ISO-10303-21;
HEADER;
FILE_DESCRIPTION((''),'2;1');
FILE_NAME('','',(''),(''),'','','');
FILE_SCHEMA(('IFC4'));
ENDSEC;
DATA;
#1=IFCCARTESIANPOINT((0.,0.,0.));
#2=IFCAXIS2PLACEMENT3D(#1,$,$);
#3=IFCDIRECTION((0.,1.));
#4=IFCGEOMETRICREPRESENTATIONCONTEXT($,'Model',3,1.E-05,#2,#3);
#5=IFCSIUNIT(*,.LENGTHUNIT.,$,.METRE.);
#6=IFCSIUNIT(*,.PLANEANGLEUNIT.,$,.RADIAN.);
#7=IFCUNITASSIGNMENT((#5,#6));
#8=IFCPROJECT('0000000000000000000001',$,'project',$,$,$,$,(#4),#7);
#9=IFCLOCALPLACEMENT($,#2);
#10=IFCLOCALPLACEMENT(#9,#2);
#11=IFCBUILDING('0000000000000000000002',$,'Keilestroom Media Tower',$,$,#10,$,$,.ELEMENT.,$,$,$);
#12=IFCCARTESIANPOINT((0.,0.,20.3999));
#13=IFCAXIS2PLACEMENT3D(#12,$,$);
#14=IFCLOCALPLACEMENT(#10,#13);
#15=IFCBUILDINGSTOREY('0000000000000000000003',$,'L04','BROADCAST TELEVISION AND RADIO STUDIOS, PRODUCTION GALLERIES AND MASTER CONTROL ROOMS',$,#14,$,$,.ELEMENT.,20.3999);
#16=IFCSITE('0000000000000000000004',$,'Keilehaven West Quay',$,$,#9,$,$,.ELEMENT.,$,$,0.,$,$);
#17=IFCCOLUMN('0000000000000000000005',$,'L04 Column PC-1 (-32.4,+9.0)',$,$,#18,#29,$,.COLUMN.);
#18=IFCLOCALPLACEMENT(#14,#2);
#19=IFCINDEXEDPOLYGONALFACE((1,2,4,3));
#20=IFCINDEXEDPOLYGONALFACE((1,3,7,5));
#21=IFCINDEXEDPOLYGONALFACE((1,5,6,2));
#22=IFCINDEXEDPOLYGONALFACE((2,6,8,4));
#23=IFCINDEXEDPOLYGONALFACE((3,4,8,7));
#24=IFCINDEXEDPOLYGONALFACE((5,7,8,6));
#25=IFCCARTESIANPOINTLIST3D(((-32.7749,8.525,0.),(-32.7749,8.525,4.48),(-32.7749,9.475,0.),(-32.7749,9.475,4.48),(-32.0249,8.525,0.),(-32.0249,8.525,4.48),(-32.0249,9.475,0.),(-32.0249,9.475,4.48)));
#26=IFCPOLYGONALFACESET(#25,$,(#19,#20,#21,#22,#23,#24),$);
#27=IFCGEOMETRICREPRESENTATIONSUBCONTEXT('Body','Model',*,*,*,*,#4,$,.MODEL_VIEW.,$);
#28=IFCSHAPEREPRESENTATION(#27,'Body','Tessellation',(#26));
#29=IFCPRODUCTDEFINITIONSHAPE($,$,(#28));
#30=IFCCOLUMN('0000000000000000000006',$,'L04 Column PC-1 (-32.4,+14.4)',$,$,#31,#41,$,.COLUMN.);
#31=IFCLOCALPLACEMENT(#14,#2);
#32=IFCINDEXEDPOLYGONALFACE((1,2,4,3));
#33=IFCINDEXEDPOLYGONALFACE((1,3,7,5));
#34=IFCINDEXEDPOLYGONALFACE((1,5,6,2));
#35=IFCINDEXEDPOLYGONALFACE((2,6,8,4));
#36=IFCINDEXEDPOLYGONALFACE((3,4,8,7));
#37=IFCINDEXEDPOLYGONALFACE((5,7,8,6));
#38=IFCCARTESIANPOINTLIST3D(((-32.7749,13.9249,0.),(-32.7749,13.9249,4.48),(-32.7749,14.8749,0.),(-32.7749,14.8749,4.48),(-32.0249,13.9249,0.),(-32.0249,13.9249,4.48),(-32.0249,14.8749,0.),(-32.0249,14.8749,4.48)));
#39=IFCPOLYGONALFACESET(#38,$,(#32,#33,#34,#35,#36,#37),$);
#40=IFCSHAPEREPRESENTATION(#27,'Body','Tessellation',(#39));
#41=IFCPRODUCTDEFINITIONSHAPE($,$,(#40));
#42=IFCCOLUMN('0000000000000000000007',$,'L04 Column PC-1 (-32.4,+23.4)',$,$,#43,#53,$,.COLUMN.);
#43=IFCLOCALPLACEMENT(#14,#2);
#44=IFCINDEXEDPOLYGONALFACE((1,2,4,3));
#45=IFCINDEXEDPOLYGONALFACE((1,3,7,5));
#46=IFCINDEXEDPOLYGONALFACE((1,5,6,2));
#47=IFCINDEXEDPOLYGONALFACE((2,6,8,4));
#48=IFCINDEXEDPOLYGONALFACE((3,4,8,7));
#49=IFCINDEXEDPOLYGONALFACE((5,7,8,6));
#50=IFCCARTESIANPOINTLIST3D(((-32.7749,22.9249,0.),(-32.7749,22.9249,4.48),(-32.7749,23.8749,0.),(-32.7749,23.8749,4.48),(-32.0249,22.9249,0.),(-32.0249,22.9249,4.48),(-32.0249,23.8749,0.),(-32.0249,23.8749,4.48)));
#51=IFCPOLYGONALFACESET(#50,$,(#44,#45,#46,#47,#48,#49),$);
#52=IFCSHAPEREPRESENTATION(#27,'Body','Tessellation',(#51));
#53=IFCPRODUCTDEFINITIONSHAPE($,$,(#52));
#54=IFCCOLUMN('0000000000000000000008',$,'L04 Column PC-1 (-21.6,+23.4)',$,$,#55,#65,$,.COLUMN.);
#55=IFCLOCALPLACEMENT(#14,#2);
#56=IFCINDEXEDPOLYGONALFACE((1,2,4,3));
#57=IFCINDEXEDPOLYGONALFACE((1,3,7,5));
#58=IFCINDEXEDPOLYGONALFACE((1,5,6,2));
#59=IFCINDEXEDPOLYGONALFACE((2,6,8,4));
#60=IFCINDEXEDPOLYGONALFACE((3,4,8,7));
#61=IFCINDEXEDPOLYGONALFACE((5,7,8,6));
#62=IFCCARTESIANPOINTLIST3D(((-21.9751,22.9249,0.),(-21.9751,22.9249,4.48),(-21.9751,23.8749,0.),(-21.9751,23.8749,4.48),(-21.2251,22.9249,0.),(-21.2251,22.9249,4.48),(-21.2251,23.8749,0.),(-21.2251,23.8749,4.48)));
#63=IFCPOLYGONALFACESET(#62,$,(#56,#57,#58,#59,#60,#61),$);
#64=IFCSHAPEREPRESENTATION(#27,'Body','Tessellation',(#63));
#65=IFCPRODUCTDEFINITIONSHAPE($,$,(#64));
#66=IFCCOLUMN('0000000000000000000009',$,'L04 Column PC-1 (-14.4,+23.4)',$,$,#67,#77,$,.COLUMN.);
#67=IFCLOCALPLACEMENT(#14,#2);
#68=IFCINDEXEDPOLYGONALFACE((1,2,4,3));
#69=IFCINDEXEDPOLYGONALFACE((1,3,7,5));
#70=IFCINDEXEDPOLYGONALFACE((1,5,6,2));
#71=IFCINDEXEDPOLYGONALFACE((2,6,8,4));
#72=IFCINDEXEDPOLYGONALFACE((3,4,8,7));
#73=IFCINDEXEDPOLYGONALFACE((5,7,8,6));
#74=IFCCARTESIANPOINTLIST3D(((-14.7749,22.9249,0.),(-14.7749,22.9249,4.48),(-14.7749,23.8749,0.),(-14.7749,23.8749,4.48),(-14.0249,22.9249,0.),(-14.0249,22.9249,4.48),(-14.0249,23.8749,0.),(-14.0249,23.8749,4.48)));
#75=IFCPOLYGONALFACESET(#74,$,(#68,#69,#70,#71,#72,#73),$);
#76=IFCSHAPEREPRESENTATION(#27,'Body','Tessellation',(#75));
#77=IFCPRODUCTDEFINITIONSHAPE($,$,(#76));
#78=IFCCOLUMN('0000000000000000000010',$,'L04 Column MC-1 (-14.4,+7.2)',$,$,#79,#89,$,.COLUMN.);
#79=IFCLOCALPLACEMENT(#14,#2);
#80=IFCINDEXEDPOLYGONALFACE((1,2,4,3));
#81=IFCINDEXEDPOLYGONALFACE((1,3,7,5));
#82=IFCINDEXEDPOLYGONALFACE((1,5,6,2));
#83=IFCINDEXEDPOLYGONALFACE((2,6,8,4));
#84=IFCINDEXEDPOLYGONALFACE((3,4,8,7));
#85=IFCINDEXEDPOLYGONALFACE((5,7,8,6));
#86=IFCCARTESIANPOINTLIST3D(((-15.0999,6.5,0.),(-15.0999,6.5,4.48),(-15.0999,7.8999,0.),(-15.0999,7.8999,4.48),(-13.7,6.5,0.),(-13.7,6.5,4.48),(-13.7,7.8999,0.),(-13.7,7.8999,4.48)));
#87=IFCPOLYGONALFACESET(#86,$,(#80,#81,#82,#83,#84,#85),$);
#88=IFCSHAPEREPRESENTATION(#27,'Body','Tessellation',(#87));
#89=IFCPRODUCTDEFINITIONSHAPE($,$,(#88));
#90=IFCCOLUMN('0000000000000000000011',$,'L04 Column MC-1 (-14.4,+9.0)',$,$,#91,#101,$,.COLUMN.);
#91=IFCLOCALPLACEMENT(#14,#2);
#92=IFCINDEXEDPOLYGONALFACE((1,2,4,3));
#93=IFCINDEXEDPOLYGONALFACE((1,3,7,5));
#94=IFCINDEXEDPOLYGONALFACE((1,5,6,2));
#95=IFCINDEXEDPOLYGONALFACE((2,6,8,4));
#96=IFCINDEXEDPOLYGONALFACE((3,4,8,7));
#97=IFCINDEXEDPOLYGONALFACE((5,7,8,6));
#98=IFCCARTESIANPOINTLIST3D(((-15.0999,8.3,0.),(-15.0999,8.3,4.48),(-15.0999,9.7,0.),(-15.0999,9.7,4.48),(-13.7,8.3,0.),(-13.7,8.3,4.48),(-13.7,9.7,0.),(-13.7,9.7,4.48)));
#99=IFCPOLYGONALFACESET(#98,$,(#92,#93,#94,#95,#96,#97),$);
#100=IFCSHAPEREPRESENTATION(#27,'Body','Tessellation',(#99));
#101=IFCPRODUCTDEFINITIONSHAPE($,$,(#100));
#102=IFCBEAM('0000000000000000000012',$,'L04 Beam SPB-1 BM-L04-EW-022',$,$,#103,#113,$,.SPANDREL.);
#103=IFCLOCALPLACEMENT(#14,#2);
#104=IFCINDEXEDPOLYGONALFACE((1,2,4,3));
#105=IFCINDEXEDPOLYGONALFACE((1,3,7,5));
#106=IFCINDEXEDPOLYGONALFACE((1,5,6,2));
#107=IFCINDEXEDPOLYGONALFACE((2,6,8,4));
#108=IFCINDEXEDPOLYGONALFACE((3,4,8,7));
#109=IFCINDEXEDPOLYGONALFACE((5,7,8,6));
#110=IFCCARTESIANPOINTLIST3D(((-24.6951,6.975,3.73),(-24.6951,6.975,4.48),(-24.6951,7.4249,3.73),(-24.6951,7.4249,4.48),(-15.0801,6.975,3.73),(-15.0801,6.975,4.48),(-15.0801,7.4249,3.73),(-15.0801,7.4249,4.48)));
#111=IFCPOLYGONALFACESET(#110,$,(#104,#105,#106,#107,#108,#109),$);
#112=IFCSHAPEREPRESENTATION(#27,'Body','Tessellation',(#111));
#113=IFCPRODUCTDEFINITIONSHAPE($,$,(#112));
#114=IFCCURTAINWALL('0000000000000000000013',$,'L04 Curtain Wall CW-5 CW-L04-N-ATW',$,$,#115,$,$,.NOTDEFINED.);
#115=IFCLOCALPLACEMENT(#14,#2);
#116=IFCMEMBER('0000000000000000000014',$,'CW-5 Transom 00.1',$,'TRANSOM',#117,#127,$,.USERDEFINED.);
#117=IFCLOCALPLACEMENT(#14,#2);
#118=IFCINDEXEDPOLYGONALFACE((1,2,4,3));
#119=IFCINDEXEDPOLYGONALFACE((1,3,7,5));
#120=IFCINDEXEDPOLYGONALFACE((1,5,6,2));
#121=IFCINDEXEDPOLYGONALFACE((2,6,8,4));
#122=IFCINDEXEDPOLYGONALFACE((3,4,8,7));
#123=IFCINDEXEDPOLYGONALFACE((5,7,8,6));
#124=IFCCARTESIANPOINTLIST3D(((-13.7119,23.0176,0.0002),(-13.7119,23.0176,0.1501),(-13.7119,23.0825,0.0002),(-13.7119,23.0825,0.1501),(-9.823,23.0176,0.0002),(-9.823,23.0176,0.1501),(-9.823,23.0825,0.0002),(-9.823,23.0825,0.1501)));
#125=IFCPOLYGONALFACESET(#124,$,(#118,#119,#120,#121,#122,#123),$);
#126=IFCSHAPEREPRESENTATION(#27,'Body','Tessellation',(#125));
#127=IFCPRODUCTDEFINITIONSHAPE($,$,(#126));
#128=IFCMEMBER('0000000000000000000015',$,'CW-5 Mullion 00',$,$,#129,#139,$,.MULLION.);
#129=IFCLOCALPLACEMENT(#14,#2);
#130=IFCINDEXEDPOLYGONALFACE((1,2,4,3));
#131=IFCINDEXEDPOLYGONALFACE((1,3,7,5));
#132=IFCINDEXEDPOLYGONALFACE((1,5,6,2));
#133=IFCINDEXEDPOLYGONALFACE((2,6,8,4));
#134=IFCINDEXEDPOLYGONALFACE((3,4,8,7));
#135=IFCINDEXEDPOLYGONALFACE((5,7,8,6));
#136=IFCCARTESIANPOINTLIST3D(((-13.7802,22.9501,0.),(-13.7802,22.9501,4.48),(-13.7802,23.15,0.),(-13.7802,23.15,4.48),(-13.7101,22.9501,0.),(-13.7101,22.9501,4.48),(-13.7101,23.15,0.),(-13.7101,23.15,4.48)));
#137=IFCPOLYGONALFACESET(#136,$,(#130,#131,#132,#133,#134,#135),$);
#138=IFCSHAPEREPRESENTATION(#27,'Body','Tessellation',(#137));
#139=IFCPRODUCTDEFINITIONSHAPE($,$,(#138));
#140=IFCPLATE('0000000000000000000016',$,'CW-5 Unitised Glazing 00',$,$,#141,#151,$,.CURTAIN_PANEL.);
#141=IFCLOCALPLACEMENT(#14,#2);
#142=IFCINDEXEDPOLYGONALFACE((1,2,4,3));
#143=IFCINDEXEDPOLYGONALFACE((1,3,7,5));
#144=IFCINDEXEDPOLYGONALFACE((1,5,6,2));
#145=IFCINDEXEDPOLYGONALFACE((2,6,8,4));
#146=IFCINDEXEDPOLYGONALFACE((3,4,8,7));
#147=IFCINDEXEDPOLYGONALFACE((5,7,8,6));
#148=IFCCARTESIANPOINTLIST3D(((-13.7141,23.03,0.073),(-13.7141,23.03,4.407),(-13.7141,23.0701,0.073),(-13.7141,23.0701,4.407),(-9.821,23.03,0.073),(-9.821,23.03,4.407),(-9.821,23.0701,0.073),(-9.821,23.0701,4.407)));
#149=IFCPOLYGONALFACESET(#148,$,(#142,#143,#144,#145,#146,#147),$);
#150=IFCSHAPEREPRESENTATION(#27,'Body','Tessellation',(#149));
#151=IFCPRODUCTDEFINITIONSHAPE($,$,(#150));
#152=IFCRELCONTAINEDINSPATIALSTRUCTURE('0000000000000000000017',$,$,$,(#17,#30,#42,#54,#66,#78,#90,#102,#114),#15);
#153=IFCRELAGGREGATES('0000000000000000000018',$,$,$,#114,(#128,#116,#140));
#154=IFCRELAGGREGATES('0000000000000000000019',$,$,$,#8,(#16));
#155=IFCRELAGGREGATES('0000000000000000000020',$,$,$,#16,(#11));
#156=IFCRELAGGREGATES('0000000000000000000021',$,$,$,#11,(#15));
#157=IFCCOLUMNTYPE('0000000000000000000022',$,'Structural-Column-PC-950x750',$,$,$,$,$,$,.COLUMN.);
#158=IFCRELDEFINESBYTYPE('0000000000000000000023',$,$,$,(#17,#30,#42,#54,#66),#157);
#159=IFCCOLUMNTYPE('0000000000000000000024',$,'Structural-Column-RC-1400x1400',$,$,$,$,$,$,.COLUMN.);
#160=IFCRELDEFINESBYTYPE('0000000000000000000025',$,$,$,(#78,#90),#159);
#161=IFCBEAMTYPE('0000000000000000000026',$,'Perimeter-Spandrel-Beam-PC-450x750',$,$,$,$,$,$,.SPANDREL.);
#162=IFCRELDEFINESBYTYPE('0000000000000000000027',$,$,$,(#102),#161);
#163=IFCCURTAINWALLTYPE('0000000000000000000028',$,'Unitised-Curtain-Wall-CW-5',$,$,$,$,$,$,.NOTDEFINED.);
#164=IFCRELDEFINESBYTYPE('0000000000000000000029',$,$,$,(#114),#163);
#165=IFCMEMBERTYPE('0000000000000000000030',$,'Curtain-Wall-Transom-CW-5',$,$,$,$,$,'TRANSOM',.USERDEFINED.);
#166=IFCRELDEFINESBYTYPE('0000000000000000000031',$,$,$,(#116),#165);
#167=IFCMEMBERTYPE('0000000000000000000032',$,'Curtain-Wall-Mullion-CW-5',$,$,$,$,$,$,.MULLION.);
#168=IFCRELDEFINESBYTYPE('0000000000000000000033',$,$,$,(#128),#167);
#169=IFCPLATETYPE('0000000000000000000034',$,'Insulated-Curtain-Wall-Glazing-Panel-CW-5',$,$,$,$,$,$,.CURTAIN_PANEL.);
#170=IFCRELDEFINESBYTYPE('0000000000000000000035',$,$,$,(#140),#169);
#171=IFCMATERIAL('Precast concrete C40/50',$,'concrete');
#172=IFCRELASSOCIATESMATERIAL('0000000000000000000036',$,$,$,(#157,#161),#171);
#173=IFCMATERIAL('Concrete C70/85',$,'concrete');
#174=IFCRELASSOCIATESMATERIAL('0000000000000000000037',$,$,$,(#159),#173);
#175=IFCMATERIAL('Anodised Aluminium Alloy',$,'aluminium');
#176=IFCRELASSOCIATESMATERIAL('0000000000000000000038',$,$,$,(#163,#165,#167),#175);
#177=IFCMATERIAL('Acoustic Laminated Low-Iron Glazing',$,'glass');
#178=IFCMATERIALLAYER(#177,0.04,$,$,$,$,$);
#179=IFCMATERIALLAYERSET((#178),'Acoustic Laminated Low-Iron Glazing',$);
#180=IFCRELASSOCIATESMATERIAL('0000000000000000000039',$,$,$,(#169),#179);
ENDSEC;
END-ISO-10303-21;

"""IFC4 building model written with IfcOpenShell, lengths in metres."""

from ifc_helpers import new_model, si_unit, direction, frame, origin, origin_2d, place, context, subcontext, project, spatial, rectangle, extrude, source, transform, mapped, material, layer, layer_set, material_profile, profile_set, type_object, element, aggregate, save


model = new_model("IFC4")

# Units and contexts
model_context = context("Model", 3, precision=1e-05, world=origin(), true_north=direction((0.0, 1.0)))
body_context = subcontext(model_context, "Body", "Model", "MODEL_VIEW")
ifc_project = project(units=[si_unit("LENGTHUNIT", "METRE"), si_unit("PLANEANGLEUNIT", "RADIAN")], contexts=[model_context])

# Site, building, storey
site_placement = place(None, origin())
site = spatial("IfcSite", under=ifc_project, at=site_placement, Name="Keilehaven West Quay", CompositionType="ELEMENT", RefElevation=0.0)
building_placement = place(site_placement, origin())
building = spatial("IfcBuilding", under=site, at=building_placement, Name="Keilestroom Media Tower", CompositionType="ELEMENT")
storey_placement = place(building_placement, frame((0.0, 0.0, 20.3999)))
storey = spatial("IfcBuildingStorey", under=building, at=storey_placement, Name="L04", Description="BROADCAST TELEVISION AND RADIO STUDIOS, PRODUCTION GALLERIES AND MASTER CONTROL ROOMS", CompositionType="ELEMENT", Elevation=20.3999)

# Columns
ifc_material_1 = material(Name="Precast concrete C40/50", Category="concrete")
ifc_material_profile_1 = material_profile(ifc_material_1, rectangle(XDim=0.75, YDim=0.95, at=origin_2d()), Name="PC 950x750")
ifc_profile_set_1 = profile_set([ifc_material_profile_1], Name="Precast concrete C40/50")
column_type_1 = type_object("IfcColumnType", Name="Structural-Column-PC-950x750", PredefinedType="COLUMN", material=ifc_profile_set_1)
shared_shape_1 = source(origin(), body_context, "Body", "SweptSolid", [
    extrude(rectangle(XDim=0.75, YDim=0.95, at=origin_2d()), origin(), (0.0, 0.0, 1.0), 4.48),
])
for number, where, z_axis, x_axis, name in (
    (1, (-32.3999, 9.0, 0.0), (0.0, 0.0, 1.0), (1.0, 0.0, 0.0), "L04 Column PC-1 (-32.4,+9.0)"),
    (2, (-32.3999, 14.3999, 0.0), (0.0, 0.0, 1.0), (1.0, 0.0, 0.0), "L04 Column PC-1 (-32.4,+14.4)"),
    (3, (-32.3999, 23.3999, 0.0), (0.0, 0.0, 1.0), (1.0, 0.0, 0.0), "L04 Column PC-1 (-32.4,+23.4)"),
    (4, (-21.6001, 23.3999, 0.0), (0.0, 0.0, 1.0), (1.0, 0.0, 0.0), "L04 Column PC-1 (-21.6,+23.4)"),
    (5, (-14.3999, 23.3999, 0.0), (0.0, 0.0, 1.0), (1.0, 0.0, 0.0), "L04 Column PC-1 (-14.4,+23.4)"),
):
    element("IfcColumn", number, at=place(storey_placement, frame(where, z_axis=z_axis, x_axis=x_axis)), inside=storey, type_object=column_type_1, Name=name, PredefinedType="COLUMN", context=body_context, shape_type="MappedRepresentation", body=[
        mapped(shared_shape_1, transform((0.0, 0.0, 0.0), x_axis=(1.0, 0.0, 0.0), y_axis=(0.0, 1.0, 0.0), z_axis=(0.0, 0.0, 1.0), scale=1.0)),
    ])
ifc_material_2 = material(Name="Concrete C70/85", Category="concrete")
ifc_material_profile_2 = material_profile(ifc_material_2, rectangle(XDim=1.3999, YDim=1.3999, at=origin_2d()), Name="RC 1400x1400")
ifc_profile_set_2 = profile_set([ifc_material_profile_2], Name="Concrete C70/85")
column_type_2 = type_object("IfcColumnType", Name="Structural-Column-RC-1400x1400", PredefinedType="COLUMN", material=ifc_profile_set_2)
shared_shape_2 = source(origin(), body_context, "Body", "SweptSolid", [
    extrude(rectangle(XDim=1.3999, YDim=1.3999, at=origin_2d()), origin(), (0.0, 0.0, 1.0), 4.48),
])
for number, where, z_axis, x_axis, name in (
    (6, (-14.3999, 7.2, 0.0), (0.0, 0.0, 1.0), (1.0, 0.0, 0.0), "L04 Column MC-1 (-14.4,+7.2)"),
    (7, (-14.3999, 9.0, 0.0), (0.0, 0.0, 1.0), (1.0, 0.0, 0.0), "L04 Column MC-1 (-14.4,+9.0)"),
):
    element("IfcColumn", number, at=place(storey_placement, frame(where, z_axis=z_axis, x_axis=x_axis)), inside=storey, type_object=column_type_2, Name=name, PredefinedType="COLUMN", context=body_context, shape_type="MappedRepresentation", body=[
        mapped(shared_shape_2, transform((0.0, 0.0, 0.0), x_axis=(1.0, 0.0, 0.0), y_axis=(0.0, 1.0, 0.0), z_axis=(0.0, 0.0, 1.0), scale=1.0)),
    ])

# Beam
ifc_material_profile_3 = material_profile(ifc_material_1, rectangle(XDim=0.45, YDim=0.75, at=origin_2d()), Name="PC 450x750")
ifc_profile_set_3 = profile_set([ifc_material_profile_3], Name="Precast concrete C40/50")
beam_type = type_object("IfcBeamType", Name="Perimeter-Spandrel-Beam-PC-450x750", PredefinedType="SPANDREL", material=ifc_profile_set_3)
shared_shape_3 = source(origin(), body_context, "Body", "SweptSolid", [
    extrude(rectangle(XDim=0.45, YDim=0.75, at=origin_2d()), origin(), (0.0, 0.0, 1.0), 9.615),
])
beam_placement = place(storey_placement, frame((-24.6951, 7.2, 4.105), z_axis=(1.0, 0.0, 0.0), x_axis=(0.0, 1.0, 0.0)))
element("IfcBeam", 8, at=beam_placement, inside=storey, type_object=beam_type, Name="L04 Beam SPB-1 BM-L04-EW-022", PredefinedType="SPANDREL", context=body_context, shape_type="MappedRepresentation", body=[
    mapped(shared_shape_3, transform((0.0, 0.0, 0.0), x_axis=(1.0, 0.0, 0.0), y_axis=(0.0, 1.0, 0.0), z_axis=(0.0, 0.0, 1.0), scale=1.0)),
])

# Curtain wall, members, plate
ifc_material_3 = material(Name="Anodised Aluminium Alloy", Category="aluminium")
curtain_wall_type = type_object("IfcCurtainWallType", Name="Unitised-Curtain-Wall-CW-5", PredefinedType="NOTDEFINED", material=ifc_material_3)
curtain_wall_placement = place(storey_placement, origin())
curtain_wall = element("IfcCurtainWall", 9, at=curtain_wall_placement, inside=storey, type_object=curtain_wall_type, Name="L04 Curtain Wall CW-5 CW-L04-N-ATW", PredefinedType="NOTDEFINED")
ifc_material_profile_4 = material_profile(ifc_material_3, rectangle(XDim=0.0649, YDim=0.1499, at=origin_2d()), Name="ALU TRANSOM 65x150")
ifc_profile_set_4 = profile_set([ifc_material_profile_4], Name="Anodised Aluminium Alloy")
member_type_1 = type_object("IfcMemberType", Name="Curtain-Wall-Transom-CW-5", ElementType="TRANSOM", PredefinedType="USERDEFINED", material=ifc_profile_set_4)
shared_shape_4 = source(origin(), body_context, "Body", "SweptSolid", [
    extrude(rectangle(XDim=0.0649, YDim=0.1499, at=origin_2d()), origin(), (0.0, 0.0, 1.0), 3.8889),
])
member_1_placement = place(storey_placement, frame((-13.7119, 23.05, 0.0752), z_axis=(1.0, 0.0, 0.0), x_axis=(0.0, 1.0, 0.0)))
member_1 = element("IfcMember", 10, at=member_1_placement, type_object=member_type_1, Name="CW-5 Transom 00.1", ObjectType="TRANSOM", PredefinedType="USERDEFINED", context=body_context, shape_type="MappedRepresentation", body=[
    mapped(shared_shape_4, transform((0.0, 0.0, 0.0), x_axis=(1.0, 0.0, 0.0), y_axis=(0.0, 1.0, 0.0), z_axis=(0.0, 0.0, 1.0), scale=1.0)),
])
ifc_material_profile_5 = material_profile(ifc_material_3, rectangle(XDim=0.0701, YDim=0.2, at=origin_2d()), Name="ALU MULLION 70x200")
ifc_profile_set_5 = profile_set([ifc_material_profile_5], Name="Anodised Aluminium Alloy")
member_type_2 = type_object("IfcMemberType", Name="Curtain-Wall-Mullion-CW-5", PredefinedType="MULLION", material=ifc_profile_set_5)
shared_shape_5 = source(origin(), body_context, "Body", "SweptSolid", [
    extrude(rectangle(XDim=0.0701, YDim=0.2, at=origin_2d()), origin(), (0.0, 0.0, 1.0), 4.48),
])
member_2_placement = place(storey_placement, frame((-13.7451, 23.05, 0.0), z_axis=(0.0, 0.0, 1.0), x_axis=(1.0, 0.0, 0.0)))
member_2 = element("IfcMember", 11, at=member_2_placement, type_object=member_type_2, Name="CW-5 Mullion 00", PredefinedType="MULLION", context=body_context, shape_type="MappedRepresentation", body=[
    mapped(shared_shape_5, transform((0.0, 0.0, 0.0), x_axis=(1.0, 0.0, 0.0), y_axis=(0.0, 1.0, 0.0), z_axis=(0.0, 0.0, 1.0), scale=1.0)),
])
ifc_material_4 = material(Name="Acoustic Laminated Low-Iron Glazing", Category="glass")
ifc_layer_1 = layer(ifc_material_4, 0.04)
ifc_layer_set_1 = layer_set([ifc_layer_1], Name="Acoustic Laminated Low-Iron Glazing")
plate_type = type_object("IfcPlateType", Name="Insulated-Curtain-Wall-Glazing-Panel-CW-5", PredefinedType="CURTAIN_PANEL", material=ifc_layer_set_1)
shared_shape_6 = source(origin(), body_context, "Body", "SweptSolid", [
    extrude(rectangle(XDim=3.8931, YDim=0.04, at=origin_2d()), origin(), (0.0, 0.0, 1.0), 4.334),
])
plate_placement = place(storey_placement, frame((-11.7676, 23.05, 0.073), z_axis=(0.0, 0.0, 1.0), x_axis=(1.0, 0.0, 0.0)))
plate = element("IfcPlate", 12, at=plate_placement, type_object=plate_type, Name="CW-5 Unitised Glazing 00", PredefinedType="CURTAIN_PANEL", context=body_context, shape_type="MappedRepresentation", body=[
    mapped(shared_shape_6, transform((0.0, 0.0, 0.0), x_axis=(1.0, 0.0, 0.0), y_axis=(0.0, 1.0, 0.0), z_axis=(0.0, 0.0, 1.0), scale=1.0)),
])
aggregate(curtain_wall, [member_2, member_1, plate])

save(model, "model.ifc")
